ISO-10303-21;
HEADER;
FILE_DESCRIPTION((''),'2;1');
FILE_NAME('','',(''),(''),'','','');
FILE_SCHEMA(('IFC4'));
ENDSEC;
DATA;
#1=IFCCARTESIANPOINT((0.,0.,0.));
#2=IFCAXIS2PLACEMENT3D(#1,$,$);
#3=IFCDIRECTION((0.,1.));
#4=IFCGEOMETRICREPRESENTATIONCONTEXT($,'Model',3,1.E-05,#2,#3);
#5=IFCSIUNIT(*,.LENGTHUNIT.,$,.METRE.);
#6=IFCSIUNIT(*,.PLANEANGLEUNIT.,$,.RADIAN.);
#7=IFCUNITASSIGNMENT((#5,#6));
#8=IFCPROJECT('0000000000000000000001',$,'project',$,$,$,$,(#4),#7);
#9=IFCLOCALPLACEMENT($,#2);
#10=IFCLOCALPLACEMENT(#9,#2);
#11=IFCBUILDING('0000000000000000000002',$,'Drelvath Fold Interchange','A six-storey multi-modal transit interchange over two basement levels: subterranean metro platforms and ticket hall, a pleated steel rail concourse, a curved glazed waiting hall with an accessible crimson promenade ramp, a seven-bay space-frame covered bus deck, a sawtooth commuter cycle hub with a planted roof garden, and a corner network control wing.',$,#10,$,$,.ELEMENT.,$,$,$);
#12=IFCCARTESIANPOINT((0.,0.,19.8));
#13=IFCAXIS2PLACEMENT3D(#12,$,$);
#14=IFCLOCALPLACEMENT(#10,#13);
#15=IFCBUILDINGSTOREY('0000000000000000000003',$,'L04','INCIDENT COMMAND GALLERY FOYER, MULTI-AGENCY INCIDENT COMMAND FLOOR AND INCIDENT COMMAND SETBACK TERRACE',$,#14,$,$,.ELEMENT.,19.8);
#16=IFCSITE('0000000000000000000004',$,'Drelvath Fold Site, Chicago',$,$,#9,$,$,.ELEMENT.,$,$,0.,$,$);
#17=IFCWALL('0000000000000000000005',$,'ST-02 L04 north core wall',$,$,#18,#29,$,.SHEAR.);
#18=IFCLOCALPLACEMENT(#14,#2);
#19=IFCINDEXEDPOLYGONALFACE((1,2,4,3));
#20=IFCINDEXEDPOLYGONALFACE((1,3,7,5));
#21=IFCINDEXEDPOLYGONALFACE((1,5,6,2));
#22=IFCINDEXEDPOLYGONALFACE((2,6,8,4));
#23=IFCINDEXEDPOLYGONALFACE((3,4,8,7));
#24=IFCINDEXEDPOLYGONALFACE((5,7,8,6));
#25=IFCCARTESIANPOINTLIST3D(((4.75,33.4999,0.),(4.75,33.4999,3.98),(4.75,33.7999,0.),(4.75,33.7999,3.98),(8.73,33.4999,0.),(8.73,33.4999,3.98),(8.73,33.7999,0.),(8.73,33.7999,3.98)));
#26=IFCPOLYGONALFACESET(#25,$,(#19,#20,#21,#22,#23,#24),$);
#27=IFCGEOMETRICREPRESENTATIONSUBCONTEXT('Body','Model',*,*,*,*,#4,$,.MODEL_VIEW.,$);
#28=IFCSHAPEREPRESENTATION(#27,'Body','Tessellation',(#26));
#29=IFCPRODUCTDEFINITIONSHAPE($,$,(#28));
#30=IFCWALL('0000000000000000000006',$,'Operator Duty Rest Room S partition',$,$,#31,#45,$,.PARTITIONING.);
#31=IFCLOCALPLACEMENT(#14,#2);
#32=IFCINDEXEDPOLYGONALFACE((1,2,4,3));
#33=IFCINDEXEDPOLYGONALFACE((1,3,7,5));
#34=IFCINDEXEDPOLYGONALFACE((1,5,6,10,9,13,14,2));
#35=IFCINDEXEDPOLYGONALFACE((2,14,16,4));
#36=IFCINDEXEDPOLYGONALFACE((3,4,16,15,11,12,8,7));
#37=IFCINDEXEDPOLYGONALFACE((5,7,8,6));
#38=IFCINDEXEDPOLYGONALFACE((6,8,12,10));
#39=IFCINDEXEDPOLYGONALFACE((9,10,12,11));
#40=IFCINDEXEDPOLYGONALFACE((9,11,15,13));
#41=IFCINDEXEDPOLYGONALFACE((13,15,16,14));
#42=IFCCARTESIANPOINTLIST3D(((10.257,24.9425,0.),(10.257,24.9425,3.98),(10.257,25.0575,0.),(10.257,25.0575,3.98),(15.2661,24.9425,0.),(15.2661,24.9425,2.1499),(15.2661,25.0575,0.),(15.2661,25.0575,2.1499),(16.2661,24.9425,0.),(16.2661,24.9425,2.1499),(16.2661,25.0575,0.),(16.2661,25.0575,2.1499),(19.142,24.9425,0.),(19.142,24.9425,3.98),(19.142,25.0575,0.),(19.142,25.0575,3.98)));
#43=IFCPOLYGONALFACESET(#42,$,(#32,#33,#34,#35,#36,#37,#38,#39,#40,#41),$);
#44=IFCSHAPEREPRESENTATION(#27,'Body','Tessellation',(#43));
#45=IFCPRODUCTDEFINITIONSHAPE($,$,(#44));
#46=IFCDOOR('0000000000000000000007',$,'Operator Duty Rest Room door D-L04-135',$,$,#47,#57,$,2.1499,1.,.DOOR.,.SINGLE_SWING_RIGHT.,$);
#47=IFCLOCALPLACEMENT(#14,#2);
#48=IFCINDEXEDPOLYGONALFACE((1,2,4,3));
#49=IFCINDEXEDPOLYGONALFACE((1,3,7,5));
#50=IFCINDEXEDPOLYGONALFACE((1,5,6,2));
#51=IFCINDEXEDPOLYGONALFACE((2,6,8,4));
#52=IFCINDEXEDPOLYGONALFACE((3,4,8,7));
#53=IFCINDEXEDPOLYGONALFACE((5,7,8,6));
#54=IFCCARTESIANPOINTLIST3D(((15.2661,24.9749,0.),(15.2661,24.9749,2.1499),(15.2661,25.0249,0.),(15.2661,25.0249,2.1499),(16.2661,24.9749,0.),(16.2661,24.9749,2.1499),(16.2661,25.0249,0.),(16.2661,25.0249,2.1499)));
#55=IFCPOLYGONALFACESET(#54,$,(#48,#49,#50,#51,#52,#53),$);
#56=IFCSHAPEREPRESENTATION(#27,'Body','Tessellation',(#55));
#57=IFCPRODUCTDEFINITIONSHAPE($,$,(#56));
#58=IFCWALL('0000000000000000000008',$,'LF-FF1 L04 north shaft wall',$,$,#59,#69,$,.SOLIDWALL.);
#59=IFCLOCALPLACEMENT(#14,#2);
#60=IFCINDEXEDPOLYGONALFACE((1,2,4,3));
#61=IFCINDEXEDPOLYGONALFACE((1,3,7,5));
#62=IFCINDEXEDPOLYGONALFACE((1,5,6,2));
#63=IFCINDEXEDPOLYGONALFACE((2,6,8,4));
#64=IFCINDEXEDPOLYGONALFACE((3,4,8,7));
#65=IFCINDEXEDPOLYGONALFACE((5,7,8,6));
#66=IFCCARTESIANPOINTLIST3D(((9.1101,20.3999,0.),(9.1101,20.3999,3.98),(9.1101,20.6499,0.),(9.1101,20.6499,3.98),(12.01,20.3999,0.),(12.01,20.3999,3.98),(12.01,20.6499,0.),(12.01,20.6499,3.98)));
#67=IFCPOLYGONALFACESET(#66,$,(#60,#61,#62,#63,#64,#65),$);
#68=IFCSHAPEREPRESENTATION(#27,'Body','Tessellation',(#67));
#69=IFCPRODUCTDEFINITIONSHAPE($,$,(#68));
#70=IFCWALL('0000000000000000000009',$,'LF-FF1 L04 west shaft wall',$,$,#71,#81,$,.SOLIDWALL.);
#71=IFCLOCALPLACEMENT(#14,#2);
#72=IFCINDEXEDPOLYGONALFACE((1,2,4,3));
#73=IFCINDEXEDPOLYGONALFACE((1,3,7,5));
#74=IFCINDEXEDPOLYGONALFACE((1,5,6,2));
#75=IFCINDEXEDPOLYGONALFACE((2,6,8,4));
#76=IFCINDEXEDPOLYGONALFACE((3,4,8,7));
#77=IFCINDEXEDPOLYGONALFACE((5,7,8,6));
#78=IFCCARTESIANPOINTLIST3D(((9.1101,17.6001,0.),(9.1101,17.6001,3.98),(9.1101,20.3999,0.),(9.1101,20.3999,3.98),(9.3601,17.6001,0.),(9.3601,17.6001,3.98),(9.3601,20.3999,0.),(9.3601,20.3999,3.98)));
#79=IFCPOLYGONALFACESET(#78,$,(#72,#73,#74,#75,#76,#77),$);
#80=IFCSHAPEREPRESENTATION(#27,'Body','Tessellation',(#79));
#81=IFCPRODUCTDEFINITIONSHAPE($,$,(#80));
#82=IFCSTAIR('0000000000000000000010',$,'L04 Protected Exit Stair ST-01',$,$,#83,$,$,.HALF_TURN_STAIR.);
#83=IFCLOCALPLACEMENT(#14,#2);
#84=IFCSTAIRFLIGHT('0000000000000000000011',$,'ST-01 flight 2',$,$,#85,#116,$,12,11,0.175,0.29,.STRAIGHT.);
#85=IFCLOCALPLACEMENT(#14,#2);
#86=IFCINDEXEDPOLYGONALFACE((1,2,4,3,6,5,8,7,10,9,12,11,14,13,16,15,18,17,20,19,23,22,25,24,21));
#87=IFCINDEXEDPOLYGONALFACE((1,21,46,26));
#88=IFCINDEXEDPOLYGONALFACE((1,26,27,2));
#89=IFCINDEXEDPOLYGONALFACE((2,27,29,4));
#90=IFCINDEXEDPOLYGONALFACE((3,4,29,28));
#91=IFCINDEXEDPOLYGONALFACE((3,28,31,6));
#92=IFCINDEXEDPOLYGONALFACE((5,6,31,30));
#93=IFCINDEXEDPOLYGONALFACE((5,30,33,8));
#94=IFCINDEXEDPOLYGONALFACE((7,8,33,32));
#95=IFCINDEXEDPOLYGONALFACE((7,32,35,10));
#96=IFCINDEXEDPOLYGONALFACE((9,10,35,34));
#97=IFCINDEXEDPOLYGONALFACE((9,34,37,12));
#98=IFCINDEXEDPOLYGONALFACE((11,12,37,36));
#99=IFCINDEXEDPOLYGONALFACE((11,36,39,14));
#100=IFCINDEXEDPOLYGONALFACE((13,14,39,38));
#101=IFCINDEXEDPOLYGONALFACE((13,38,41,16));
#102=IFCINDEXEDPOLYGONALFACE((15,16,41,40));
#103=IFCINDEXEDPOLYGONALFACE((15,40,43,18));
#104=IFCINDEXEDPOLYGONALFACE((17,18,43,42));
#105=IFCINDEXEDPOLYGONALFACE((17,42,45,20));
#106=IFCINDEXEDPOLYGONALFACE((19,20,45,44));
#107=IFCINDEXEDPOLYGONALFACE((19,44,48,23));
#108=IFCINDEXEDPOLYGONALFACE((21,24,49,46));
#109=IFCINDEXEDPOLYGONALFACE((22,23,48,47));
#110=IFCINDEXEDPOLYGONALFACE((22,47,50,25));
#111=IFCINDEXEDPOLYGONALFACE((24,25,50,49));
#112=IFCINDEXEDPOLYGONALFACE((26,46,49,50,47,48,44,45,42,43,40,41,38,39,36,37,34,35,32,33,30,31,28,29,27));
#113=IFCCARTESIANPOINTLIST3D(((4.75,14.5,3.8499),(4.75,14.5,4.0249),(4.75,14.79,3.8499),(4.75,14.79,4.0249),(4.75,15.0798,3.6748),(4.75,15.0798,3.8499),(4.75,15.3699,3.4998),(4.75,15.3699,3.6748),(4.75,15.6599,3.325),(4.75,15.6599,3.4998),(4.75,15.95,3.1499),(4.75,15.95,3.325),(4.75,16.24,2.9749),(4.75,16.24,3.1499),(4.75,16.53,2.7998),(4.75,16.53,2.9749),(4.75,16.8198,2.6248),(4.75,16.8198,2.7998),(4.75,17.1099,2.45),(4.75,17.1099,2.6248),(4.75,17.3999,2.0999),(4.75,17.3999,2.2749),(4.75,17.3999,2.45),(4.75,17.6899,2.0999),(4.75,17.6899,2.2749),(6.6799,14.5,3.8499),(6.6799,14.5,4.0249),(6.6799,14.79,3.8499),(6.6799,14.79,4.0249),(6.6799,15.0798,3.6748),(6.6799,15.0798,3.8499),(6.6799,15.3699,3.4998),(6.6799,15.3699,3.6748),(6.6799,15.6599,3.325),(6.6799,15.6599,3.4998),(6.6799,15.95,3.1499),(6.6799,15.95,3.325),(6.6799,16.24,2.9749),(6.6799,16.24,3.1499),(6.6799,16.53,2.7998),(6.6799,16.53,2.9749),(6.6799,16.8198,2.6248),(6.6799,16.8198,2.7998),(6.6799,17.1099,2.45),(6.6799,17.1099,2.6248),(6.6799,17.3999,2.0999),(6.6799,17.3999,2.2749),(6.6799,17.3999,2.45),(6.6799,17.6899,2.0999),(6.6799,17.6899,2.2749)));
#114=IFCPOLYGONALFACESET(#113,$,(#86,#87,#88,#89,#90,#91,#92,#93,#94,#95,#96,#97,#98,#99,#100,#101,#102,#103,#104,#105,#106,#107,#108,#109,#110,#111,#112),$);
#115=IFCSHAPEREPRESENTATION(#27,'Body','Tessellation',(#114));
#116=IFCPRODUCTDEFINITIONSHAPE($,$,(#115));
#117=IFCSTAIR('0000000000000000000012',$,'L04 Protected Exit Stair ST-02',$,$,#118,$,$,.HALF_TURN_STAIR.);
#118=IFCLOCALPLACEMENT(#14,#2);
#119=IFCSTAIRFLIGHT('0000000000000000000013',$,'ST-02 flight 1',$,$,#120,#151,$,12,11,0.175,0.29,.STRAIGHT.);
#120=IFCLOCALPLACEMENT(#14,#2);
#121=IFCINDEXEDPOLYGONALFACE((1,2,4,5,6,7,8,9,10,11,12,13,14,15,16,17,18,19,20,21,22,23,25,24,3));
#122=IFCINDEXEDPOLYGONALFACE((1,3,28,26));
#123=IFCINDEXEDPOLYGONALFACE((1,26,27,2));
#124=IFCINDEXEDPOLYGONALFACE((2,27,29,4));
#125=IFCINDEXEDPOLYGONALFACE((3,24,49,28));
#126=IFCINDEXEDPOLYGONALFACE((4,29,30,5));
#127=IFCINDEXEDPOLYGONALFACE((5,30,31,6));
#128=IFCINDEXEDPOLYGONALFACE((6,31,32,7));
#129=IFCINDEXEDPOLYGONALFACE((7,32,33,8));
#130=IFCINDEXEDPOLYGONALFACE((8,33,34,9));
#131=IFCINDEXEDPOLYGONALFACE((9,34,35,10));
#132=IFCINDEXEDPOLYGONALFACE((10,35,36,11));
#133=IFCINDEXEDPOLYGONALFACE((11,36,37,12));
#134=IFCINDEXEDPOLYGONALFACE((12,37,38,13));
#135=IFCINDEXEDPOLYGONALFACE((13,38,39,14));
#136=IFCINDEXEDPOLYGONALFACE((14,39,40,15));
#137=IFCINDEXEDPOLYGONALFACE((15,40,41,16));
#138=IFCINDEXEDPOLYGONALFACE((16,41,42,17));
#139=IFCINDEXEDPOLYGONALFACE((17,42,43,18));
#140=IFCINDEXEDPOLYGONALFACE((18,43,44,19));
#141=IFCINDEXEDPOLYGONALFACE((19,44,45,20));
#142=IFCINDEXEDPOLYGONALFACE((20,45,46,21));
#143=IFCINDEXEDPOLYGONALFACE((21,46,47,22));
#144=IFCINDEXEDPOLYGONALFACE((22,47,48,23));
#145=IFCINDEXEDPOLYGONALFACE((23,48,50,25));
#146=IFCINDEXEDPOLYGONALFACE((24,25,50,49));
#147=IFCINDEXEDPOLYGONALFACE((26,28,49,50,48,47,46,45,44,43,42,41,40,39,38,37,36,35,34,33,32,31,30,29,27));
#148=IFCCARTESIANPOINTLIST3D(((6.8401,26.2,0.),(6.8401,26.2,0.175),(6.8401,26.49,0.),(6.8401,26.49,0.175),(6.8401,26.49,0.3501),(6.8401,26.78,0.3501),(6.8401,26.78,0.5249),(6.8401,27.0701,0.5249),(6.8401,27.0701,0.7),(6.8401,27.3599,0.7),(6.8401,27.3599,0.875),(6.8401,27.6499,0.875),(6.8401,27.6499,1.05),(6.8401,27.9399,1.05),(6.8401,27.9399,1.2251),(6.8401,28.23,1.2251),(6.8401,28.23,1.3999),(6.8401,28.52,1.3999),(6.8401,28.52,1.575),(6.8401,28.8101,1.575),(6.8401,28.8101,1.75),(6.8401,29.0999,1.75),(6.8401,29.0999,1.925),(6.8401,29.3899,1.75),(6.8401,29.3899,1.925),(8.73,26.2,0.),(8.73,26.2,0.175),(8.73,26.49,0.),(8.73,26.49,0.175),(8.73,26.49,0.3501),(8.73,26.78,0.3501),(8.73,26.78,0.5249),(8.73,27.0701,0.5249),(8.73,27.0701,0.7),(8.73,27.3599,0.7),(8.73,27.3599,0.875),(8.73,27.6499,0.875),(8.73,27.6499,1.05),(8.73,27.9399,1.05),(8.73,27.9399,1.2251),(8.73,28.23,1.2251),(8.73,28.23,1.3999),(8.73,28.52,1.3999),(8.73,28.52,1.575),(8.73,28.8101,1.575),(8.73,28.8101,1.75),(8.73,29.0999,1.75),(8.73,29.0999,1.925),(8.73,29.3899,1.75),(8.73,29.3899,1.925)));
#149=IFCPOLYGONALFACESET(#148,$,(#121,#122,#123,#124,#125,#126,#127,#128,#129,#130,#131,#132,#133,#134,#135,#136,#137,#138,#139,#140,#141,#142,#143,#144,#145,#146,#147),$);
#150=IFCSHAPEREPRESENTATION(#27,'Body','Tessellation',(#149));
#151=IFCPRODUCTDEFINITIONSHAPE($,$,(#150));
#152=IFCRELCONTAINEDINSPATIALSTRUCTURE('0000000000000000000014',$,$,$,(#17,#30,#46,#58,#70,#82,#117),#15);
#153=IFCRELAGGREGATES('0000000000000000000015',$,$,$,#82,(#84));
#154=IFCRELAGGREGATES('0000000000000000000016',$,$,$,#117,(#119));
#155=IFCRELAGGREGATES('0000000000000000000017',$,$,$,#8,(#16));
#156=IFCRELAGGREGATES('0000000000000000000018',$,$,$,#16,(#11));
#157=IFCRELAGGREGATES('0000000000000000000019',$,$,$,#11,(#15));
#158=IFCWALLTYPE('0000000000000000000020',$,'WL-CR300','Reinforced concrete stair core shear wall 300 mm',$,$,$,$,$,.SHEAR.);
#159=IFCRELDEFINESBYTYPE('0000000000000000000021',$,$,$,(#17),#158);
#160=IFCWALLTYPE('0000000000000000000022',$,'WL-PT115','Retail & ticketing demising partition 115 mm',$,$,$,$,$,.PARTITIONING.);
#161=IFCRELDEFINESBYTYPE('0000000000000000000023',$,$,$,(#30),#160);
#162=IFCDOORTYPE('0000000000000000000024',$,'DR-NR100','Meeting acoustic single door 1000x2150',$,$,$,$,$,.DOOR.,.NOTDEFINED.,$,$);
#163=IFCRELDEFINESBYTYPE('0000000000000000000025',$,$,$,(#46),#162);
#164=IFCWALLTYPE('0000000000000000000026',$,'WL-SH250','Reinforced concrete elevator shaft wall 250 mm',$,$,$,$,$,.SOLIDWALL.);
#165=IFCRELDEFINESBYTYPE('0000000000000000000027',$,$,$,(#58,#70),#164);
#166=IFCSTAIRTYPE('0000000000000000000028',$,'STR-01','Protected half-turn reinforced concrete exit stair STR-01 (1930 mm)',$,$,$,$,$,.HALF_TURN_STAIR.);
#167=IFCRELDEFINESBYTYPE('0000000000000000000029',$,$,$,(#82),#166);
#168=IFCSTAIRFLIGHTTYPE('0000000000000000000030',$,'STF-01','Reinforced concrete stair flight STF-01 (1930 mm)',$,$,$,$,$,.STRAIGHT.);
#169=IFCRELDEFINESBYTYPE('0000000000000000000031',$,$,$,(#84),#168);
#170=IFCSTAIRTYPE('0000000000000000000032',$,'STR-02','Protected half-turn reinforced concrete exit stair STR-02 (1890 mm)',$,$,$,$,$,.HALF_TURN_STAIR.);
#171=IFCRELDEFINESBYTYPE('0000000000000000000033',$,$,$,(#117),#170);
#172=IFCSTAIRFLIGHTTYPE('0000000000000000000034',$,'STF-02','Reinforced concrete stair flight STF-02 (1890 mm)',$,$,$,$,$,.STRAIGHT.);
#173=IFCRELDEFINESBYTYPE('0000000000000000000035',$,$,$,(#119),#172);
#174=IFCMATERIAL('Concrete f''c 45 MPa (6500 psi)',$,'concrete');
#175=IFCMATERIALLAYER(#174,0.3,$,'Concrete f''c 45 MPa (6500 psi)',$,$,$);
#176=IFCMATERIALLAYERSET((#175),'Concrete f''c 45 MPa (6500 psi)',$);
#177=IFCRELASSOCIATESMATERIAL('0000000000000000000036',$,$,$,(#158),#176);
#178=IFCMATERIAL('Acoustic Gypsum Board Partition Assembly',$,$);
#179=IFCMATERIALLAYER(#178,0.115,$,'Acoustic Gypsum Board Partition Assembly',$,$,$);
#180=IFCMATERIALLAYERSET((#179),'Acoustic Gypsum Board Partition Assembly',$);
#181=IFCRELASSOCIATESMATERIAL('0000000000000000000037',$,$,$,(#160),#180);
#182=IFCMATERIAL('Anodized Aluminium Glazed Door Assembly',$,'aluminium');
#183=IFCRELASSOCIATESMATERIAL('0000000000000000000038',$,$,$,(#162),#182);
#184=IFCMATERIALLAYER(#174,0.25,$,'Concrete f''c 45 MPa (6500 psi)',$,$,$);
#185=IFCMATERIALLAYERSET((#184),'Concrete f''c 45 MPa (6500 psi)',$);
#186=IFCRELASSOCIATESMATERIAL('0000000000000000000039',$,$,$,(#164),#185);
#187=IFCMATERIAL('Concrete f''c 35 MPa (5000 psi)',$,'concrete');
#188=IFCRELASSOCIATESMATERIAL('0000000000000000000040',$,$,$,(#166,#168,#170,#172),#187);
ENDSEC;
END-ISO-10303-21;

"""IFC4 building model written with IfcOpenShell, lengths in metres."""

from ifc_helpers import new_model, si_unit, direction, frame, frame_2d, origin, place, context, subcontext, project, spatial, polyline, rectangle, outline, extrude, material, layer, layer_set, type_object, element, fill, aggregate, save


model = new_model("IFC4")

# Units and contexts
model_context = context("Model", 3, precision=1e-05, world=origin(), true_north=direction((0.0, 1.0)))
body_context = subcontext(model_context, "Body", "Model", "MODEL_VIEW")
ifc_project = project(units=[si_unit("LENGTHUNIT", "METRE"), si_unit("PLANEANGLEUNIT", "RADIAN")], contexts=[model_context])

# Site, building, storey
site_placement = place(None, origin())
site = spatial("IfcSite", under=ifc_project, at=site_placement, Name="Drelvath Fold Site, Chicago", CompositionType="ELEMENT", RefElevation=0.0)
building_placement = place(site_placement, origin())
building = spatial("IfcBuilding", under=site, at=building_placement, Name="Drelvath Fold Interchange", Description="A six-storey multi-modal transit interchange over two basement levels: subterranean metro platforms and ticket hall, a pleated steel rail concourse, a curved glazed waiting hall with an accessible crimson promenade ramp, a seven-bay space-frame covered bus deck, a sawtooth commuter cycle hub with a planted roof garden, and a corner network control wing.", CompositionType="ELEMENT")
storey_placement = place(building_placement, frame((0.0, 0.0, 19.8)))
storey = spatial("IfcBuildingStorey", under=building, at=storey_placement, Name="L04", Description="INCIDENT COMMAND GALLERY FOYER, MULTI-AGENCY INCIDENT COMMAND FLOOR AND INCIDENT COMMAND SETBACK TERRACE", CompositionType="ELEMENT", Elevation=19.8)

# Shared definitions
ifc_material_1 = material(Name="Concrete f'c 45 MPa (6500 psi)", Category="concrete")
ifc_layer_1 = layer(ifc_material_1, 0.3, Name="Concrete f'c 45 MPa (6500 psi)")
ifc_layer_set_1 = layer_set([ifc_layer_1], Name="Concrete f'c 45 MPa (6500 psi)")
wall_type_1 = type_object("IfcWallType", Name="WL-CR300", Description="Reinforced concrete stair core shear wall 300 mm", PredefinedType="SHEAR", material=ifc_layer_set_1)

# Wall
wall_1_placement = place(storey_placement, frame((8.73, 33.6499, 0.0), z_axis=(0.0, 0.0, 1.0), x_axis=(-1.0, 0.0, 0.0)))
element("IfcWall", 1, at=wall_1_placement, inside=storey, type_object=wall_type_1, Name="ST-02 L04 north core wall", PredefinedType="SHEAR", context=body_context, shape_type="SweptSolid", body=[
    extrude(rectangle(XDim=3.98, YDim=0.3, at=frame_2d((1.99, 0.0))), origin(), (0.0, 0.0, 1.0), 3.98),
])

# Wall, opening, door
ifc_material_2 = material(Name="Acoustic Gypsum Board Partition Assembly")
ifc_layer_2 = layer(ifc_material_2, 0.115, Name="Acoustic Gypsum Board Partition Assembly")
ifc_layer_set_2 = layer_set([ifc_layer_2], Name="Acoustic Gypsum Board Partition Assembly")
wall_type_2 = type_object("IfcWallType", Name="WL-PT115", Description="Retail & ticketing demising partition 115 mm", PredefinedType="PARTITIONING", material=ifc_layer_set_2)
wall_2_placement = place(storey_placement, frame((10.2571, 25.0, 0.0), z_axis=(0.0, 0.0, 1.0), x_axis=(1.0, 0.0, 0.0)))
wall_2 = element("IfcWall", 2, at=wall_2_placement, inside=storey, type_object=wall_type_2, Name="Operator Duty Rest Room S partition", PredefinedType="PARTITIONING", context=body_context, shape_type="SweptSolid", body=[
    extrude(rectangle(XDim=8.885, YDim=0.115, at=frame_2d((4.4424, 0.0))), origin(), (0.0, 0.0, 1.0), 3.98),
])
opening_1_placement = place(wall_2_placement, frame((5.009, 0.0, 0.0)))
opening_1 = element("IfcOpeningElement", 3, at=opening_1_placement, cuts=wall_2, PredefinedType="OPENING", context=body_context, shape_type="SweptSolid", body=[
    extrude(rectangle(XDim=1.0, YDim=2.1499, at=frame_2d((0.5, 1.075))), frame((0.0, 0.0674, 0.0), z_axis=(0.0, -1.0, 0.0), x_axis=(1.0, 0.0, 0.0)), (0.0, 0.0, 1.0), 0.135),
])
ifc_material_3 = material(Name="Anodized Aluminium Glazed Door Assembly", Category="aluminium")
door_type_1 = type_object("IfcDoorType", Name="DR-NR100", Description="Meeting acoustic single door 1000x2150", OperationType="NOTDEFINED", PredefinedType="DOOR", material=ifc_material_3)
door_1_placement = place(opening_1_placement, origin())
door_1 = element("IfcDoor", 4, at=door_1_placement, inside=storey, type_object=door_type_1, Name="Operator Duty Rest Room door D-L04-135", OperationType="SINGLE_SWING_RIGHT", OverallHeight=2.1499, OverallWidth=1.0, PredefinedType="DOOR", context=body_context, shape_type="SweptSolid", body=[
    extrude(rectangle(XDim=1.0, YDim=2.1499, at=frame_2d((0.5, 1.075))), frame((0.0, 0.0249, 0.0), z_axis=(0.0, -1.0, 0.0), x_axis=(1.0, 0.0, 0.0)), (0.0, 0.0, 1.0), 0.05),
])
fill(opening_1, door_1)

# Walls
ifc_layer_3 = layer(ifc_material_1, 0.25, Name="Concrete f'c 45 MPa (6500 psi)")
ifc_layer_set_3 = layer_set([ifc_layer_3], Name="Concrete f'c 45 MPa (6500 psi)")
wall_type_3 = type_object("IfcWallType", Name="WL-SH250", Description="Reinforced concrete elevator shaft wall 250 mm", PredefinedType="SOLIDWALL", material=ifc_layer_set_3)
wall_3_placement = place(storey_placement, frame((12.01, 20.5249, 0.0), z_axis=(0.0, 0.0, 1.0), x_axis=(-1.0, 0.0, 0.0)))
element("IfcWall", 5, at=wall_3_placement, inside=storey, type_object=wall_type_3, Name="LF-FF1 L04 north shaft wall", PredefinedType="SOLIDWALL", context=body_context, shape_type="SweptSolid", body=[
    extrude(rectangle(XDim=2.8999, YDim=0.25, at=frame_2d((1.45, 0.0))), origin(), (0.0, 0.0, 1.0), 3.98),
])
wall_4_placement = place(storey_placement, frame((9.2351, 20.3999, 0.0), z_axis=(0.0, 0.0, 1.0), x_axis=(0.0, -1.0, 0.0)))
element("IfcWall", 6, at=wall_4_placement, inside=storey, type_object=wall_type_3, Name="LF-FF1 L04 west shaft wall", PredefinedType="SOLIDWALL", context=body_context, shape_type="SweptSolid", body=[
    extrude(rectangle(XDim=2.7998, YDim=0.25, at=frame_2d((1.3999, 0.0))), origin(), (0.0, 0.0, 1.0), 3.98),
])

# Stair, stair flight
ifc_material_4 = material(Name="Concrete f'c 35 MPa (5000 psi)", Category="concrete")
stair_type_1 = type_object("IfcStairType", Name="STR-01", Description="Protected half-turn reinforced concrete exit stair STR-01 (1930 mm)", PredefinedType="HALF_TURN_STAIR", material=ifc_material_4)
stair_1_placement = place(storey_placement, origin())
stair_1 = element("IfcStair", 7, at=stair_1_placement, inside=storey, type_object=stair_type_1, Name="L04 Protected Exit Stair ST-01", PredefinedType="HALF_TURN_STAIR")
stair_flight_type_1 = type_object("IfcStairFlightType", Name="STF-01", Description="Reinforced concrete stair flight STF-01 (1930 mm)", PredefinedType="STRAIGHT", material=ifc_material_4)
stair_flight_1_placement = place(storey_placement, frame((5.7151, 17.6899, 2.0999), z_axis=(0.0, 0.0, 1.0), x_axis=(0.0, -1.0, 0.0)))
stair_flight_1 = element("IfcStairFlight", 8, at=stair_flight_1_placement, type_object=stair_flight_type_1, Name="ST-01 flight 2", NumberOfRisers=12, NumberOfTreads=11, PredefinedType="STRAIGHT", RiserHeight=0.175, TreadLength=0.29, context=body_context, shape_type="SweptSolid", body=[
    extrude(outline(polyline([(0.0, 0.0), (0.0, 0.175), (0.29, 0.175), (0.29, 0.3501), (0.5801, 0.3501), (0.5801, 0.5249), (0.8701, 0.5249), (0.8701, 0.7), (1.1599, 0.7), (1.1599, 0.875), (1.45, 0.875), (1.45, 1.05), (1.74, 1.05), (1.74, 1.2251), (2.03, 1.2251), (2.03, 1.3999), (2.3201, 1.3999), (2.3201, 1.575), (2.6101, 1.575), (2.6101, 1.75), (2.8999, 1.75), (2.8999, 1.925), (3.1899, 1.925), (3.1899, 2.1001), (3.1899, 1.75), (0.29, 0.0), (0.0, 0.0)])), frame((0.0, 0.9648, 0.0), z_axis=(0.0, -1.0, 0.0), x_axis=(1.0, 0.0, 0.0)), (0.0, 0.0, 1.0), 1.9299),
])
aggregate(stair_1, [stair_flight_1])

# Stair, stair flight
stair_type_2 = type_object("IfcStairType", Name="STR-02", Description="Protected half-turn reinforced concrete exit stair STR-02 (1890 mm)", PredefinedType="HALF_TURN_STAIR", material=ifc_material_4)
stair_2_placement = place(storey_placement, origin())
stair_2 = element("IfcStair", 9, at=stair_2_placement, inside=storey, type_object=stair_type_2, Name="L04 Protected Exit Stair ST-02", PredefinedType="HALF_TURN_STAIR")
stair_flight_type_2 = type_object("IfcStairFlightType", Name="STF-02", Description="Reinforced concrete stair flight STF-02 (1890 mm)", PredefinedType="STRAIGHT", material=ifc_material_4)
stair_flight_2_placement = place(storey_placement, frame((7.7849, 26.2, 0.0), z_axis=(0.0, 0.0, 1.0), x_axis=(0.0, 1.0, 0.0)))
stair_flight_2 = element("IfcStairFlight", 10, at=stair_flight_2_placement, type_object=stair_flight_type_2, Name="ST-02 flight 1", NumberOfRisers=12, NumberOfTreads=11, PredefinedType="STRAIGHT", RiserHeight=0.175, TreadLength=0.29, context=body_context, shape_type="SweptSolid", body=[
    extrude(outline(polyline([(0.0, 0.0), (0.0, 0.175), (0.29, 0.175), (0.29, 0.3501), (0.5801, 0.3501), (0.5801, 0.5249), (0.8701, 0.5249), (0.8701, 0.7), (1.1599, 0.7), (1.1599, 0.875), (1.45, 0.875), (1.45, 1.05), (1.74, 1.05), (1.74, 1.2251), (2.03, 1.2251), (2.03, 1.3999), (2.3201, 1.3999), (2.3201, 1.575), (2.6101, 1.575), (2.6101, 1.75), (2.8999, 1.75), (2.8999, 1.925), (3.1899, 1.925), (3.1899, 2.1001), (3.1899, 1.75), (0.29, 0.0), (0.0, 0.0)])), frame((0.0, 0.9448, 0.0), z_axis=(0.0, -1.0, 0.0), x_axis=(1.0, 0.0, 0.0)), (0.0, 0.0, 1.0), 1.8899),
])
aggregate(stair_2, [stair_flight_2])

save(model, "model.ifc")
